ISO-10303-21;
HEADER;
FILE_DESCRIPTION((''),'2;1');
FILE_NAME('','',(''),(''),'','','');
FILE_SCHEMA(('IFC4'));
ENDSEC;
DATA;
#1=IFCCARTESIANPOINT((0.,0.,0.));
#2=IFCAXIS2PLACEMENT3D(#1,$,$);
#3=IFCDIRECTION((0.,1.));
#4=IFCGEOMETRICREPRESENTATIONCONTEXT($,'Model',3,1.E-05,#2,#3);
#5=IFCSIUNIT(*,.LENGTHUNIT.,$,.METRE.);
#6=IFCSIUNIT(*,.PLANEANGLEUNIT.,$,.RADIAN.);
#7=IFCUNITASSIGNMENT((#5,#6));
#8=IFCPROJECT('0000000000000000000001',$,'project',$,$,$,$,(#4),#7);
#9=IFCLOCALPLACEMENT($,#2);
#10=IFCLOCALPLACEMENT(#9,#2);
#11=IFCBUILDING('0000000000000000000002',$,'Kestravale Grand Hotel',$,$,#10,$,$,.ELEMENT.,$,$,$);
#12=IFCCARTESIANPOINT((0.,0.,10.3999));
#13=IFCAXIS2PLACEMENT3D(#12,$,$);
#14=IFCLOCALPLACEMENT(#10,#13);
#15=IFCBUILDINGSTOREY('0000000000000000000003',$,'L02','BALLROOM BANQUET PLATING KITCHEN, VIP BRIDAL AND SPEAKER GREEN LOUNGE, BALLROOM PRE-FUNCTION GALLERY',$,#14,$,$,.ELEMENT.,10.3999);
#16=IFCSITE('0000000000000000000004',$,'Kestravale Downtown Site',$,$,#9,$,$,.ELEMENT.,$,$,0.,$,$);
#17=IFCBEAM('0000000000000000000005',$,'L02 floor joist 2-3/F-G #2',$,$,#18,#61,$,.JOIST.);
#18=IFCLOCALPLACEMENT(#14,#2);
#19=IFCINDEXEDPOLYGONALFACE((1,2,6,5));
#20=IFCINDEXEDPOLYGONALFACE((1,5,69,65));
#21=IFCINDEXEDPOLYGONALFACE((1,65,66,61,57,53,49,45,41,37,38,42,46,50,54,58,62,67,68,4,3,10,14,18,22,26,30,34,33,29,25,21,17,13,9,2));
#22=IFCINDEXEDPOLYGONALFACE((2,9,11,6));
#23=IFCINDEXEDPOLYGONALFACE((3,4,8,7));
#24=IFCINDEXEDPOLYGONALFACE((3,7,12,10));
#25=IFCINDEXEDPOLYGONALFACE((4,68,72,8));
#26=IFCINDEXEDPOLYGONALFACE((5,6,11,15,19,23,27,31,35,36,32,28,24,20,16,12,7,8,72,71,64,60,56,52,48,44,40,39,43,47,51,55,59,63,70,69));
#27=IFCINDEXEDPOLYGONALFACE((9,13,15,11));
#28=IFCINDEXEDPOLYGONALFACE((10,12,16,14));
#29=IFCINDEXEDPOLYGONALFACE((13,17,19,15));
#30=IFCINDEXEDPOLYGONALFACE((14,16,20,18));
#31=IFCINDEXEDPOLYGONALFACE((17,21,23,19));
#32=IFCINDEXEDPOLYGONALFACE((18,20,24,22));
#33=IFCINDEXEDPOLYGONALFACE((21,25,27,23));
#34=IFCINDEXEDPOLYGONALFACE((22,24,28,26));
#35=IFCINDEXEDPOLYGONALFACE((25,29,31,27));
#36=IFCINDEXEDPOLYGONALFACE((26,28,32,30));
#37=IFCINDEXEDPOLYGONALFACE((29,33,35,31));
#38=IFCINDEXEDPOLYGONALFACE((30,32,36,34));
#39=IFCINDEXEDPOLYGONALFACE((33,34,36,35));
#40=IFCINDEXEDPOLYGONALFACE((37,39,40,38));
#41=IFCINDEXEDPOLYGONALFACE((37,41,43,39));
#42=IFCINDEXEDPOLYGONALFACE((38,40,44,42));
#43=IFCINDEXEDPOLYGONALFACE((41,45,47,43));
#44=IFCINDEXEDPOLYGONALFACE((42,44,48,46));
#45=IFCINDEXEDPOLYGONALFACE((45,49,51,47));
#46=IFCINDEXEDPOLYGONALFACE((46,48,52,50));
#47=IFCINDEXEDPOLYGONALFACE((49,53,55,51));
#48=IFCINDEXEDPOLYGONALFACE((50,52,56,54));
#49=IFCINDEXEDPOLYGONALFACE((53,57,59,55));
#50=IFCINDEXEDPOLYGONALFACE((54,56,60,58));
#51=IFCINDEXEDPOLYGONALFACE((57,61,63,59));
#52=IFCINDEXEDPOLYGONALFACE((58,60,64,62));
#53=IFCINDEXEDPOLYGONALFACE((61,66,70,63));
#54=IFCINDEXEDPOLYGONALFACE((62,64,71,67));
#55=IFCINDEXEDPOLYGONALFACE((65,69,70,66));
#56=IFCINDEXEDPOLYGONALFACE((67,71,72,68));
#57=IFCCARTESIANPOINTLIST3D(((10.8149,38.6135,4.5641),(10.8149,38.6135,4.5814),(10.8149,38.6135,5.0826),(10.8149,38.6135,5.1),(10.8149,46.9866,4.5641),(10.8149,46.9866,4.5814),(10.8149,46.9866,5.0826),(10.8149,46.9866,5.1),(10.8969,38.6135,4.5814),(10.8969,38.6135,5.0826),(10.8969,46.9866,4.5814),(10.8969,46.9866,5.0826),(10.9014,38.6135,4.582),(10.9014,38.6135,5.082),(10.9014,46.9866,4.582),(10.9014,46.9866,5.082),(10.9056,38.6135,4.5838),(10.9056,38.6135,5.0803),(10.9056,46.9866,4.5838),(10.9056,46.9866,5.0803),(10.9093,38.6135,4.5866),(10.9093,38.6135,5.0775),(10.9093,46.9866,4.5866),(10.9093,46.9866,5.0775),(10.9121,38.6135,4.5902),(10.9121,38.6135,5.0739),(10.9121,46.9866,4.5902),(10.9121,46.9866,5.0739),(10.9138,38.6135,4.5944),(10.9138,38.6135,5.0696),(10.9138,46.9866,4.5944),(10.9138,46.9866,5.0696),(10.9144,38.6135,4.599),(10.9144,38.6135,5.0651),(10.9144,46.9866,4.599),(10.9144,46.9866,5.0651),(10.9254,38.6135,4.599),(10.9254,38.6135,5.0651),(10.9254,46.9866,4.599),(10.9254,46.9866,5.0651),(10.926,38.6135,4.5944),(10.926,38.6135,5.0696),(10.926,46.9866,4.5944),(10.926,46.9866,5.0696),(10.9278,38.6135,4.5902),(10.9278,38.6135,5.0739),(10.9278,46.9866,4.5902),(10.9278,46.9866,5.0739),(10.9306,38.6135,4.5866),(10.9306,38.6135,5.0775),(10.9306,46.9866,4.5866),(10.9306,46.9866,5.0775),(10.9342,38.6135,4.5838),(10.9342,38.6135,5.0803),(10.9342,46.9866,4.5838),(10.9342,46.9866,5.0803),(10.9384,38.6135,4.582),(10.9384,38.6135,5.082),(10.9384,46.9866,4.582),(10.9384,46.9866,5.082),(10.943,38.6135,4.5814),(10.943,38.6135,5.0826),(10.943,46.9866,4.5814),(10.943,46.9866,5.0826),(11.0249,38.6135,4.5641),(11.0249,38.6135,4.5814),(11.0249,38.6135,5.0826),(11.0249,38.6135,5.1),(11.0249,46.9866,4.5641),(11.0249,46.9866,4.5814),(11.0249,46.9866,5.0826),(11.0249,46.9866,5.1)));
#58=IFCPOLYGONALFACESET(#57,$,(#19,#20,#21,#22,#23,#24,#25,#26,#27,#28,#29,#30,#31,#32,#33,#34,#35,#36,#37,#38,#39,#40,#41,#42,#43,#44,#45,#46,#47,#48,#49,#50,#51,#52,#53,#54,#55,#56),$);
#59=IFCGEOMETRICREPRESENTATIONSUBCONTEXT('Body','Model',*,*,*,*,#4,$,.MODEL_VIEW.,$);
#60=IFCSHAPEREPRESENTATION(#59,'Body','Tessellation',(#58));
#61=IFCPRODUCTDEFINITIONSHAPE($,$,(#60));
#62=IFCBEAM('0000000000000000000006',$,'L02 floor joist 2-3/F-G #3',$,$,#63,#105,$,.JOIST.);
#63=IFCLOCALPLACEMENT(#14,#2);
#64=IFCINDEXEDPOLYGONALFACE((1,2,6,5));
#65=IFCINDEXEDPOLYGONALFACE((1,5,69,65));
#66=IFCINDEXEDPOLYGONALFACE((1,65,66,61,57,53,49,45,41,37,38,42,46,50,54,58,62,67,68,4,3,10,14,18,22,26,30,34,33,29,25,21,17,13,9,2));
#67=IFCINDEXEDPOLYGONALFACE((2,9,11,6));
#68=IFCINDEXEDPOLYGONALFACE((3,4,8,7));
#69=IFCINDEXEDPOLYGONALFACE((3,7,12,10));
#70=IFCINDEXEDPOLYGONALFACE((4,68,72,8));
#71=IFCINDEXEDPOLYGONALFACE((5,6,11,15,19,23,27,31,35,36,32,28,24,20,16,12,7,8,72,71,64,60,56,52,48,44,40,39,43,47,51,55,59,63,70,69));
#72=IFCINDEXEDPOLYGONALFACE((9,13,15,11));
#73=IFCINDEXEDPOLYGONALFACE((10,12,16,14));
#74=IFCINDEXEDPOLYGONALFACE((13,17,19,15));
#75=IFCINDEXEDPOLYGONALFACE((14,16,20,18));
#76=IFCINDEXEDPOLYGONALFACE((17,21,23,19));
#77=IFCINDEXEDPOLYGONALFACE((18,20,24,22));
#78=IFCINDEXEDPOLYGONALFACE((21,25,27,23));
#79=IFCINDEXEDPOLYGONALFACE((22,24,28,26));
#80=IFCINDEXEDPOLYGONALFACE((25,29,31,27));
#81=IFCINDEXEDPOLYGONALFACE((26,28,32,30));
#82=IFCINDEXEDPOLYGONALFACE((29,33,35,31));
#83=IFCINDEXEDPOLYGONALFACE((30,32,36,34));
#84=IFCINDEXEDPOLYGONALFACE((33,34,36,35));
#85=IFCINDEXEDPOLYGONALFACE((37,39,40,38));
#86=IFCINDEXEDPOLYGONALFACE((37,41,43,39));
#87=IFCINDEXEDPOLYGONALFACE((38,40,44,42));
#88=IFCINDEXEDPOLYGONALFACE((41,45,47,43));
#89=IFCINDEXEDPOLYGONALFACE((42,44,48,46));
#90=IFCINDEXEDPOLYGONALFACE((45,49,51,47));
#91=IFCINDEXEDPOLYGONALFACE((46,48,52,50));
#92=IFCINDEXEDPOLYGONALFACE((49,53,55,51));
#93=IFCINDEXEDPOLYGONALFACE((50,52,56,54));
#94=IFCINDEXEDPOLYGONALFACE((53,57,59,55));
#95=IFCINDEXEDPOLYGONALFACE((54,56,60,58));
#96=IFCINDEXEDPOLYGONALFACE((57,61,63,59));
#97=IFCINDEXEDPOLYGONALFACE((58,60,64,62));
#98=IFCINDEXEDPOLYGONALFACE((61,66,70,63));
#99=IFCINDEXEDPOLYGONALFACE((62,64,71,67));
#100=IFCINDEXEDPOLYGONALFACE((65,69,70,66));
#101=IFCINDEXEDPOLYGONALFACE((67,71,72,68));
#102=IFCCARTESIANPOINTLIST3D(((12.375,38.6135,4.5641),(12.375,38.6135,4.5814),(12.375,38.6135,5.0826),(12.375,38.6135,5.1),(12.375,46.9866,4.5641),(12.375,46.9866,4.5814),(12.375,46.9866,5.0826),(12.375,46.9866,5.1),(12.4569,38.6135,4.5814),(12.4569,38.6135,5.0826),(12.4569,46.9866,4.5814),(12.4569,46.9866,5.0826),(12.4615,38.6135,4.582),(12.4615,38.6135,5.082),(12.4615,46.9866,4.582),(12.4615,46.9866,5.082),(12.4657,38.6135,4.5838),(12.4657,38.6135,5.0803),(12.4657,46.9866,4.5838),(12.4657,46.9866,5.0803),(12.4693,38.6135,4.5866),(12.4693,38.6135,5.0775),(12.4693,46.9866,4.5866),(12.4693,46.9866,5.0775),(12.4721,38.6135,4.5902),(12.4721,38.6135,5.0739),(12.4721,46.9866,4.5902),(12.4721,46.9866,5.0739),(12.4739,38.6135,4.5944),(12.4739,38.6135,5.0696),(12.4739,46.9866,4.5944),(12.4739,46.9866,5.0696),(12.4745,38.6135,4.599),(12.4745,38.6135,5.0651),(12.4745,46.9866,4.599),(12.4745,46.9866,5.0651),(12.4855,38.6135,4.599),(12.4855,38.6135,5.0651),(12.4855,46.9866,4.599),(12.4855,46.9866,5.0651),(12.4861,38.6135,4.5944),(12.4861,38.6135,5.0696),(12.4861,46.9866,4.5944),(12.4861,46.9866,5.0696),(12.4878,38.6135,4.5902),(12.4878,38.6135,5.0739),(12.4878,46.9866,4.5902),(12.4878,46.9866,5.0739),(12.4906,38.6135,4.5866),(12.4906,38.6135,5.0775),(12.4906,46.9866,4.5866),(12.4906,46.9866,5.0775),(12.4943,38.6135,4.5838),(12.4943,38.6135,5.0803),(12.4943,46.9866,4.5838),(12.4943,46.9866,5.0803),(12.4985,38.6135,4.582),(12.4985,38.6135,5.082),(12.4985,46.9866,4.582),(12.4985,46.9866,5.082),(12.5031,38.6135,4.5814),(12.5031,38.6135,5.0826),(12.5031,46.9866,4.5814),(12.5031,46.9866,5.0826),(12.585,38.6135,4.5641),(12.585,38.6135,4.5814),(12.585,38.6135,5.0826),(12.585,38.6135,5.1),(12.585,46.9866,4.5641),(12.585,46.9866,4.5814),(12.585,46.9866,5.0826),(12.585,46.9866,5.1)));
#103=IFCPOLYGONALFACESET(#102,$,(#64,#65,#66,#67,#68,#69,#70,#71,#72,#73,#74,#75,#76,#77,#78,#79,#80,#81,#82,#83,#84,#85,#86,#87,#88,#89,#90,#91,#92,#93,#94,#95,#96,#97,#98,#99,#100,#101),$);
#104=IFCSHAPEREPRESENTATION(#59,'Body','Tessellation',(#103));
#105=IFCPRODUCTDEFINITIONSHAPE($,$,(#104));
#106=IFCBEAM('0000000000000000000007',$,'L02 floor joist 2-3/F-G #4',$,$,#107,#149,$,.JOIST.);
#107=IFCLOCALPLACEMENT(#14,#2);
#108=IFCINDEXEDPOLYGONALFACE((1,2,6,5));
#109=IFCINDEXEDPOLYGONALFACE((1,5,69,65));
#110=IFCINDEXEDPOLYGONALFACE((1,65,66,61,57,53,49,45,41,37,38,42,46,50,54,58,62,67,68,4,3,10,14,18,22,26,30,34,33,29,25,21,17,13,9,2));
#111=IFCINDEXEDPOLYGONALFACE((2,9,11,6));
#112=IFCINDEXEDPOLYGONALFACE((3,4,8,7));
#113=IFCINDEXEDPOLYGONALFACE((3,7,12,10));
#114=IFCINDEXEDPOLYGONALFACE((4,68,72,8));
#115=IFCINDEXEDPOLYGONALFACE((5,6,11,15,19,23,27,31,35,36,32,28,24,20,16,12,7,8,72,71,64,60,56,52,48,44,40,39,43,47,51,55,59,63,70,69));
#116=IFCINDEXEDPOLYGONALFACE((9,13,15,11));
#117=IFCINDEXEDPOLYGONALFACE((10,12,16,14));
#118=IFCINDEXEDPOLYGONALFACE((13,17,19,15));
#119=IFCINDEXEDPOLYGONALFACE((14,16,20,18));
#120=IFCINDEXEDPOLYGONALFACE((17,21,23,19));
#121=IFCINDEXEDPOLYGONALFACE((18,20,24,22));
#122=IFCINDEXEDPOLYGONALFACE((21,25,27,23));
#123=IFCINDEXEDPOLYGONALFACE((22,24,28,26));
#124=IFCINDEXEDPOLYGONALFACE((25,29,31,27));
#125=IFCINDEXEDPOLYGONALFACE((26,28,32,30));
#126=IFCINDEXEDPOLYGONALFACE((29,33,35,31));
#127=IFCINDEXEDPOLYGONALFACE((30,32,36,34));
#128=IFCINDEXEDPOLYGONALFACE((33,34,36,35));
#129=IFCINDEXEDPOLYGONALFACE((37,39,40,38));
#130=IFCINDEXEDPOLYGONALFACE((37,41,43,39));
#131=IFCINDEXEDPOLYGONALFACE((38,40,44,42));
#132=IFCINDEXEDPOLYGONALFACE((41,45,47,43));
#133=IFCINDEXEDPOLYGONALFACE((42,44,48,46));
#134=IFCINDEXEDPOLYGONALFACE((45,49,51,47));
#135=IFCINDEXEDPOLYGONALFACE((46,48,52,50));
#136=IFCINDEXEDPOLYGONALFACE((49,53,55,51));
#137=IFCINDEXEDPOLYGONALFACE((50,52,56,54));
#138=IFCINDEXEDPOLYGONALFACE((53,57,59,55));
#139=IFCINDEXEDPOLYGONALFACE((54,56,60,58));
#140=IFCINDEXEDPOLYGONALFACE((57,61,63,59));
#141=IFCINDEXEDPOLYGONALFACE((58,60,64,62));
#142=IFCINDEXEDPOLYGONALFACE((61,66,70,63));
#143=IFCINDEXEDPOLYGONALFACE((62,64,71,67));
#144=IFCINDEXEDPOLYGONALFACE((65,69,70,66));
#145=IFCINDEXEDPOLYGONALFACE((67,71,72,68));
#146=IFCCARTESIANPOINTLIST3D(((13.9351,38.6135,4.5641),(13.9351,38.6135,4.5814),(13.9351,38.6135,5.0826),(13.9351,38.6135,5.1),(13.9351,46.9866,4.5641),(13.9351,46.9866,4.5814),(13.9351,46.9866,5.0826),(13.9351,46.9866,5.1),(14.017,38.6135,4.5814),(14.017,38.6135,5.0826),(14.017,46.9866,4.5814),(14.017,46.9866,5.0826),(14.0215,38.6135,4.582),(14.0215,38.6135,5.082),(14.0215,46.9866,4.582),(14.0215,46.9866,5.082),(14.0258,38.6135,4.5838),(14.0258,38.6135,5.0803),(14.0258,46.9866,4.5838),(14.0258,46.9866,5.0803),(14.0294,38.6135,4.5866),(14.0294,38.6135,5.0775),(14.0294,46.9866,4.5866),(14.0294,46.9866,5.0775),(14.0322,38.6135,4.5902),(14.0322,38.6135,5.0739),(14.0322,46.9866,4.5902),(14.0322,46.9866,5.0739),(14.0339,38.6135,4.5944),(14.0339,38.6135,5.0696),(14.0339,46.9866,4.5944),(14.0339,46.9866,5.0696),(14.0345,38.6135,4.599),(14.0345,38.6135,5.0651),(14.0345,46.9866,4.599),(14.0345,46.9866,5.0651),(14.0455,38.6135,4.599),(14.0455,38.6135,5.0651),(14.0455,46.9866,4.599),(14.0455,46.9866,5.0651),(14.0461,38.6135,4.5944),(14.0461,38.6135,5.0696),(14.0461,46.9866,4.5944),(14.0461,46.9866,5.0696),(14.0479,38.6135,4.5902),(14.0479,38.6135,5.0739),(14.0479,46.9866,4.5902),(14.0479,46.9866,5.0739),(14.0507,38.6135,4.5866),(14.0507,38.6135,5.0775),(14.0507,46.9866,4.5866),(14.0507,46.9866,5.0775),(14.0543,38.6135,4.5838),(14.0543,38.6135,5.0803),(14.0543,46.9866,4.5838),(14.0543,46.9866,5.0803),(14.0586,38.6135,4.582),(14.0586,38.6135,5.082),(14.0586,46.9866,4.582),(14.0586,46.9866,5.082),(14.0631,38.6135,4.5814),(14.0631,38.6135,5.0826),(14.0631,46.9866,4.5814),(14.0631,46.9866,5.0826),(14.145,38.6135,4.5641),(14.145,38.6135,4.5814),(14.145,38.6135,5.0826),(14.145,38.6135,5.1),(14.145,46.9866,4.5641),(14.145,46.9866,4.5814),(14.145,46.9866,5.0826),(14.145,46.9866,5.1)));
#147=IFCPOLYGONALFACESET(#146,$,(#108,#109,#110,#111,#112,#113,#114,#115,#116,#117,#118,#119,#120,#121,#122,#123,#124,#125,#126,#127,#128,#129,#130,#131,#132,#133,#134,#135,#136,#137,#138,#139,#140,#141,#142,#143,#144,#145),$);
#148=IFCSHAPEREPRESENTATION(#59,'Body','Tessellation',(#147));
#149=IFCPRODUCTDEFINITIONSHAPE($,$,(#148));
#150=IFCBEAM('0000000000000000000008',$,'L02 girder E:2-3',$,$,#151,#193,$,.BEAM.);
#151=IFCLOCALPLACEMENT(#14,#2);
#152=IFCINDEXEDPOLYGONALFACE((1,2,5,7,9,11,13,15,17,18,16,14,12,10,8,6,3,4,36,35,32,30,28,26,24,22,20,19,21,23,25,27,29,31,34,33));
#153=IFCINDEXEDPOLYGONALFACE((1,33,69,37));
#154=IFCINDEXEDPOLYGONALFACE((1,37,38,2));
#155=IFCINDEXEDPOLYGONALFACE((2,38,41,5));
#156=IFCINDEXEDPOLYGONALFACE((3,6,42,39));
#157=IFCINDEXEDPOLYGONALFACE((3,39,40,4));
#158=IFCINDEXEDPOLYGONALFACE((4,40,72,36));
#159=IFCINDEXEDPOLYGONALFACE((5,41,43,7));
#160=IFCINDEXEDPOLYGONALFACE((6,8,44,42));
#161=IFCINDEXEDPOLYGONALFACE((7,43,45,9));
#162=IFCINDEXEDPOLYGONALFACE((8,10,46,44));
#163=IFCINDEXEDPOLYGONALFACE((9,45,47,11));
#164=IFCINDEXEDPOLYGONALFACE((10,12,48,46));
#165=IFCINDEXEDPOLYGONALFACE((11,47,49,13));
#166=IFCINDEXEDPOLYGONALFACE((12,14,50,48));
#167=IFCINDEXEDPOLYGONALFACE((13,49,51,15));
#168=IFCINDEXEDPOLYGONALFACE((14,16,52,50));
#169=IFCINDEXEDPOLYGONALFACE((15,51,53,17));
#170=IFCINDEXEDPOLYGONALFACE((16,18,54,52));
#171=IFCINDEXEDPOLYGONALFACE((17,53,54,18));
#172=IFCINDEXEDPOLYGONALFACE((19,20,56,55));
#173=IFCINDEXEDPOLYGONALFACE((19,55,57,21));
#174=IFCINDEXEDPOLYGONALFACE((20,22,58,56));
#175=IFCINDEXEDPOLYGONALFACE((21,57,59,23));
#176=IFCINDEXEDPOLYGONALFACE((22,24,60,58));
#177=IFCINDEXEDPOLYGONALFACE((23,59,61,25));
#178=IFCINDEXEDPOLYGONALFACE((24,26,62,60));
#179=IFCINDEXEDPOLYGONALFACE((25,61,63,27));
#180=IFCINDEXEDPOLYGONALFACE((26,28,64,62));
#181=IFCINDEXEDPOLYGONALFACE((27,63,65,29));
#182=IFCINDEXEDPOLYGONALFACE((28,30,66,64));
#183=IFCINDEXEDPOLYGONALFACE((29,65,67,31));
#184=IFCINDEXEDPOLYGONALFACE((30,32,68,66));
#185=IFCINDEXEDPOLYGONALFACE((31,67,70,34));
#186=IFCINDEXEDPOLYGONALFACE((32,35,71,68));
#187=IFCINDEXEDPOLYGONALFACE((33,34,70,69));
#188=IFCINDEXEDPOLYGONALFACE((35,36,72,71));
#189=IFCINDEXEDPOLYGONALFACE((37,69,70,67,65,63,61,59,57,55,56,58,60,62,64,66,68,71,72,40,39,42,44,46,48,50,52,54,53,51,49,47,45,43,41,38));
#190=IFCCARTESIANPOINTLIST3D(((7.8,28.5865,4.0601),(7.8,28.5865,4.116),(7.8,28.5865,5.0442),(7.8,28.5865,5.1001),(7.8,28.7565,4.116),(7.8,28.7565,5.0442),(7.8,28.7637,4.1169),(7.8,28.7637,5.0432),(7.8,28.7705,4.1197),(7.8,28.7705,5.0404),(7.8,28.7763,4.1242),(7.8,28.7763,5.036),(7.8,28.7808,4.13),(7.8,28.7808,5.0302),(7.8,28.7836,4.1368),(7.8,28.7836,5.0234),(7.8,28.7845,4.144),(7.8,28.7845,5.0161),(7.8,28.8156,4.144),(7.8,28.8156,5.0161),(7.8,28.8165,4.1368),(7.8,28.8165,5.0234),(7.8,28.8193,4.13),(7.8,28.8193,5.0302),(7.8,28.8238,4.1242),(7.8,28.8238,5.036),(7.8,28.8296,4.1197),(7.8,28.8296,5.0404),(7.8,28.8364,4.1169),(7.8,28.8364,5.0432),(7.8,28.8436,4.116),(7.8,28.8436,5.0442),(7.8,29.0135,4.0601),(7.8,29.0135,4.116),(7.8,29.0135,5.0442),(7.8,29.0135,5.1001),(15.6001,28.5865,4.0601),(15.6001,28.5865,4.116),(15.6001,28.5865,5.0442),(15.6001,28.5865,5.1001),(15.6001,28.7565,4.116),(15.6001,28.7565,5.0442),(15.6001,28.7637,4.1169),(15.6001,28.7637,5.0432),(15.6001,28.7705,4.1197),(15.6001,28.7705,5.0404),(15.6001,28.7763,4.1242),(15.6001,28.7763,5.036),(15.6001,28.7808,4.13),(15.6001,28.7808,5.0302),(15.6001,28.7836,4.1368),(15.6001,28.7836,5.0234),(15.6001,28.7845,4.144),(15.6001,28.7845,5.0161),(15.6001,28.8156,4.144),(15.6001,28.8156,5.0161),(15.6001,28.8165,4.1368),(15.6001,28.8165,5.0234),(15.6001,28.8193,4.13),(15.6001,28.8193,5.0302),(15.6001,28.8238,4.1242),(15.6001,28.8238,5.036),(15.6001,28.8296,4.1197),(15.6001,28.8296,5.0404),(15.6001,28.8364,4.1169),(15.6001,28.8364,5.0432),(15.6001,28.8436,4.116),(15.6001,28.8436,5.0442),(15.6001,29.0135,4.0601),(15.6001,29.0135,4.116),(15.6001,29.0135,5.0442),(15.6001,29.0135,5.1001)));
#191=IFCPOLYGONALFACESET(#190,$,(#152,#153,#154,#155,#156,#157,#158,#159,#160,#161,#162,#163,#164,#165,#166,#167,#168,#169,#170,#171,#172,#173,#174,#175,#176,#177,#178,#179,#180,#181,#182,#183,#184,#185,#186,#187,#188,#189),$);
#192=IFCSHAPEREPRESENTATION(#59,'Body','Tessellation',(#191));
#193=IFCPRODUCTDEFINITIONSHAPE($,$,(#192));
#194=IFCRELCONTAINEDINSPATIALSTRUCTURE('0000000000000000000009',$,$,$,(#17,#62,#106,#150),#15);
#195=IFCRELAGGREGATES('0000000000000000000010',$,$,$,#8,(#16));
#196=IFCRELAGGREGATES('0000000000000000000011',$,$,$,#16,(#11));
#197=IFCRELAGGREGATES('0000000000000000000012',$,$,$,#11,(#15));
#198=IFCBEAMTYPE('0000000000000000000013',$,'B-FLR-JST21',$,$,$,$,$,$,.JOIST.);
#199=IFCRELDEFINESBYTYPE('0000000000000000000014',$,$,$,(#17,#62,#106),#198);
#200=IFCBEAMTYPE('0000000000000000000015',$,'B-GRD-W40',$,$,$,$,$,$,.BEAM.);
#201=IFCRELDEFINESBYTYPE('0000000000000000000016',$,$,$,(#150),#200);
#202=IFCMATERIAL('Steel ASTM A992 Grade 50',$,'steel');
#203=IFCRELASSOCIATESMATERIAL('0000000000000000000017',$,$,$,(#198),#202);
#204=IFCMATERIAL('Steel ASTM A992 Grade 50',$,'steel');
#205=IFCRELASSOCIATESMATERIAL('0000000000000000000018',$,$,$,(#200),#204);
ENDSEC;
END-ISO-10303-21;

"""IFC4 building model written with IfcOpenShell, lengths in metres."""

from ifc_helpers import new_model, si_unit, direction, frame, origin, origin_2d, place, context, subcontext, project, spatial, i_section, extrude, material, material_profile, profile_set, type_object, element, save


model = new_model("IFC4")

# Units and contexts
model_context = context("Model", 3, precision=1e-05, world=origin(), true_north=direction((0.0, 1.0)))
body_context = subcontext(model_context, "Body", "Model", "MODEL_VIEW")
ifc_project = project(units=[si_unit("LENGTHUNIT", "METRE"), si_unit("PLANEANGLEUNIT", "RADIAN")], contexts=[model_context])

# Site, building, storey
site_placement = place(None, origin())
site = spatial("IfcSite", under=ifc_project, at=site_placement, Name="Kestravale Downtown Site", CompositionType="ELEMENT", RefElevation=0.0)
building_placement = place(site_placement, origin())
building = spatial("IfcBuilding", under=site, at=building_placement, Name="Kestravale Grand Hotel", CompositionType="ELEMENT")
storey_placement = place(building_placement, frame((0.0, 0.0, 10.3999)))
storey = spatial("IfcBuildingStorey", under=building, at=storey_placement, Name="L02", Description="BALLROOM BANQUET PLATING KITCHEN, VIP BRIDAL AND SPEAKER GREEN LOUNGE, BALLROOM PRE-FUNCTION GALLERY", CompositionType="ELEMENT", Elevation=10.3999)

# Beams
ifc_material_1 = material(Name="Steel ASTM A992 Grade 50", Category="steel")
ifc_material_profile_1 = material_profile(ifc_material_1, i_section(OverallWidth=0.21, OverallDepth=0.5359, WebThickness=0.011, FlangeThickness=0.0173, FilletRadius=0.0176, at=origin_2d()))
ifc_profile_set_1 = profile_set([ifc_material_profile_1], Name="Steel ASTM A992 Grade 50")
beam_type_1 = type_object("IfcBeamType", Name="B-FLR-JST21", PredefinedType="JOIST", material=ifc_profile_set_1)
for number, where, z_axis, x_axis, name in (
    (1, (10.9199, 38.6135, 4.832), (0.0, 1.0, 0.0), (-1.0, 0.0, 0.0), "L02 floor joist 2-3/F-G #2"),
    (2, (12.48, 38.6135, 4.832), (0.0, 1.0, 0.0), (-1.0, 0.0, 0.0), "L02 floor joist 2-3/F-G #3"),
    (3, (14.04, 38.6135, 4.832), (0.0, 1.0, 0.0), (-1.0, 0.0, 0.0), "L02 floor joist 2-3/F-G #4"),
):
    element("IfcBeam", number, at=place(storey_placement, frame(where, z_axis=z_axis, x_axis=x_axis)), inside=storey, type_object=beam_type_1, Name=name, PredefinedType="JOIST", context=body_context, shape_type="SweptSolid", body=[
        extrude(i_section(OverallWidth=0.21, OverallDepth=0.5359, WebThickness=0.011, FlangeThickness=0.0173, FilletRadius=0.0176, at=origin_2d()), origin(), (0.0, 0.0, 1.0), 8.373),
    ])
ifc_material_2 = material(Name="Steel ASTM A992 Grade 50", Category="steel")
ifc_material_profile_2 = material_profile(ifc_material_2, i_section(OverallWidth=0.427, OverallDepth=1.04, WebThickness=0.031, FlangeThickness=0.0559, FilletRadius=0.0281, at=origin_2d()))
ifc_profile_set_2 = profile_set([ifc_material_profile_2], Name="Steel ASTM A992 Grade 50")
beam_type_2 = type_object("IfcBeamType", Name="B-GRD-W40", PredefinedType="BEAM", material=ifc_profile_set_2)
beam_1_placement = place(storey_placement, frame((7.8, 28.8, 4.5801), z_axis=(1.0, 0.0, 0.0), x_axis=(0.0, 1.0, 0.0)))
element("IfcBeam", 4, at=beam_1_placement, inside=storey, type_object=beam_type_2, Name="L02 girder E:2-3", PredefinedType="BEAM", context=body_context, shape_type="SweptSolid", body=[
    extrude(i_section(OverallWidth=0.427, OverallDepth=1.04, WebThickness=0.031, FlangeThickness=0.0559, FilletRadius=0.0281, at=origin_2d()), origin(), (0.0, 0.0, 1.0), 7.8),
])

save(model, "model.ifc")
